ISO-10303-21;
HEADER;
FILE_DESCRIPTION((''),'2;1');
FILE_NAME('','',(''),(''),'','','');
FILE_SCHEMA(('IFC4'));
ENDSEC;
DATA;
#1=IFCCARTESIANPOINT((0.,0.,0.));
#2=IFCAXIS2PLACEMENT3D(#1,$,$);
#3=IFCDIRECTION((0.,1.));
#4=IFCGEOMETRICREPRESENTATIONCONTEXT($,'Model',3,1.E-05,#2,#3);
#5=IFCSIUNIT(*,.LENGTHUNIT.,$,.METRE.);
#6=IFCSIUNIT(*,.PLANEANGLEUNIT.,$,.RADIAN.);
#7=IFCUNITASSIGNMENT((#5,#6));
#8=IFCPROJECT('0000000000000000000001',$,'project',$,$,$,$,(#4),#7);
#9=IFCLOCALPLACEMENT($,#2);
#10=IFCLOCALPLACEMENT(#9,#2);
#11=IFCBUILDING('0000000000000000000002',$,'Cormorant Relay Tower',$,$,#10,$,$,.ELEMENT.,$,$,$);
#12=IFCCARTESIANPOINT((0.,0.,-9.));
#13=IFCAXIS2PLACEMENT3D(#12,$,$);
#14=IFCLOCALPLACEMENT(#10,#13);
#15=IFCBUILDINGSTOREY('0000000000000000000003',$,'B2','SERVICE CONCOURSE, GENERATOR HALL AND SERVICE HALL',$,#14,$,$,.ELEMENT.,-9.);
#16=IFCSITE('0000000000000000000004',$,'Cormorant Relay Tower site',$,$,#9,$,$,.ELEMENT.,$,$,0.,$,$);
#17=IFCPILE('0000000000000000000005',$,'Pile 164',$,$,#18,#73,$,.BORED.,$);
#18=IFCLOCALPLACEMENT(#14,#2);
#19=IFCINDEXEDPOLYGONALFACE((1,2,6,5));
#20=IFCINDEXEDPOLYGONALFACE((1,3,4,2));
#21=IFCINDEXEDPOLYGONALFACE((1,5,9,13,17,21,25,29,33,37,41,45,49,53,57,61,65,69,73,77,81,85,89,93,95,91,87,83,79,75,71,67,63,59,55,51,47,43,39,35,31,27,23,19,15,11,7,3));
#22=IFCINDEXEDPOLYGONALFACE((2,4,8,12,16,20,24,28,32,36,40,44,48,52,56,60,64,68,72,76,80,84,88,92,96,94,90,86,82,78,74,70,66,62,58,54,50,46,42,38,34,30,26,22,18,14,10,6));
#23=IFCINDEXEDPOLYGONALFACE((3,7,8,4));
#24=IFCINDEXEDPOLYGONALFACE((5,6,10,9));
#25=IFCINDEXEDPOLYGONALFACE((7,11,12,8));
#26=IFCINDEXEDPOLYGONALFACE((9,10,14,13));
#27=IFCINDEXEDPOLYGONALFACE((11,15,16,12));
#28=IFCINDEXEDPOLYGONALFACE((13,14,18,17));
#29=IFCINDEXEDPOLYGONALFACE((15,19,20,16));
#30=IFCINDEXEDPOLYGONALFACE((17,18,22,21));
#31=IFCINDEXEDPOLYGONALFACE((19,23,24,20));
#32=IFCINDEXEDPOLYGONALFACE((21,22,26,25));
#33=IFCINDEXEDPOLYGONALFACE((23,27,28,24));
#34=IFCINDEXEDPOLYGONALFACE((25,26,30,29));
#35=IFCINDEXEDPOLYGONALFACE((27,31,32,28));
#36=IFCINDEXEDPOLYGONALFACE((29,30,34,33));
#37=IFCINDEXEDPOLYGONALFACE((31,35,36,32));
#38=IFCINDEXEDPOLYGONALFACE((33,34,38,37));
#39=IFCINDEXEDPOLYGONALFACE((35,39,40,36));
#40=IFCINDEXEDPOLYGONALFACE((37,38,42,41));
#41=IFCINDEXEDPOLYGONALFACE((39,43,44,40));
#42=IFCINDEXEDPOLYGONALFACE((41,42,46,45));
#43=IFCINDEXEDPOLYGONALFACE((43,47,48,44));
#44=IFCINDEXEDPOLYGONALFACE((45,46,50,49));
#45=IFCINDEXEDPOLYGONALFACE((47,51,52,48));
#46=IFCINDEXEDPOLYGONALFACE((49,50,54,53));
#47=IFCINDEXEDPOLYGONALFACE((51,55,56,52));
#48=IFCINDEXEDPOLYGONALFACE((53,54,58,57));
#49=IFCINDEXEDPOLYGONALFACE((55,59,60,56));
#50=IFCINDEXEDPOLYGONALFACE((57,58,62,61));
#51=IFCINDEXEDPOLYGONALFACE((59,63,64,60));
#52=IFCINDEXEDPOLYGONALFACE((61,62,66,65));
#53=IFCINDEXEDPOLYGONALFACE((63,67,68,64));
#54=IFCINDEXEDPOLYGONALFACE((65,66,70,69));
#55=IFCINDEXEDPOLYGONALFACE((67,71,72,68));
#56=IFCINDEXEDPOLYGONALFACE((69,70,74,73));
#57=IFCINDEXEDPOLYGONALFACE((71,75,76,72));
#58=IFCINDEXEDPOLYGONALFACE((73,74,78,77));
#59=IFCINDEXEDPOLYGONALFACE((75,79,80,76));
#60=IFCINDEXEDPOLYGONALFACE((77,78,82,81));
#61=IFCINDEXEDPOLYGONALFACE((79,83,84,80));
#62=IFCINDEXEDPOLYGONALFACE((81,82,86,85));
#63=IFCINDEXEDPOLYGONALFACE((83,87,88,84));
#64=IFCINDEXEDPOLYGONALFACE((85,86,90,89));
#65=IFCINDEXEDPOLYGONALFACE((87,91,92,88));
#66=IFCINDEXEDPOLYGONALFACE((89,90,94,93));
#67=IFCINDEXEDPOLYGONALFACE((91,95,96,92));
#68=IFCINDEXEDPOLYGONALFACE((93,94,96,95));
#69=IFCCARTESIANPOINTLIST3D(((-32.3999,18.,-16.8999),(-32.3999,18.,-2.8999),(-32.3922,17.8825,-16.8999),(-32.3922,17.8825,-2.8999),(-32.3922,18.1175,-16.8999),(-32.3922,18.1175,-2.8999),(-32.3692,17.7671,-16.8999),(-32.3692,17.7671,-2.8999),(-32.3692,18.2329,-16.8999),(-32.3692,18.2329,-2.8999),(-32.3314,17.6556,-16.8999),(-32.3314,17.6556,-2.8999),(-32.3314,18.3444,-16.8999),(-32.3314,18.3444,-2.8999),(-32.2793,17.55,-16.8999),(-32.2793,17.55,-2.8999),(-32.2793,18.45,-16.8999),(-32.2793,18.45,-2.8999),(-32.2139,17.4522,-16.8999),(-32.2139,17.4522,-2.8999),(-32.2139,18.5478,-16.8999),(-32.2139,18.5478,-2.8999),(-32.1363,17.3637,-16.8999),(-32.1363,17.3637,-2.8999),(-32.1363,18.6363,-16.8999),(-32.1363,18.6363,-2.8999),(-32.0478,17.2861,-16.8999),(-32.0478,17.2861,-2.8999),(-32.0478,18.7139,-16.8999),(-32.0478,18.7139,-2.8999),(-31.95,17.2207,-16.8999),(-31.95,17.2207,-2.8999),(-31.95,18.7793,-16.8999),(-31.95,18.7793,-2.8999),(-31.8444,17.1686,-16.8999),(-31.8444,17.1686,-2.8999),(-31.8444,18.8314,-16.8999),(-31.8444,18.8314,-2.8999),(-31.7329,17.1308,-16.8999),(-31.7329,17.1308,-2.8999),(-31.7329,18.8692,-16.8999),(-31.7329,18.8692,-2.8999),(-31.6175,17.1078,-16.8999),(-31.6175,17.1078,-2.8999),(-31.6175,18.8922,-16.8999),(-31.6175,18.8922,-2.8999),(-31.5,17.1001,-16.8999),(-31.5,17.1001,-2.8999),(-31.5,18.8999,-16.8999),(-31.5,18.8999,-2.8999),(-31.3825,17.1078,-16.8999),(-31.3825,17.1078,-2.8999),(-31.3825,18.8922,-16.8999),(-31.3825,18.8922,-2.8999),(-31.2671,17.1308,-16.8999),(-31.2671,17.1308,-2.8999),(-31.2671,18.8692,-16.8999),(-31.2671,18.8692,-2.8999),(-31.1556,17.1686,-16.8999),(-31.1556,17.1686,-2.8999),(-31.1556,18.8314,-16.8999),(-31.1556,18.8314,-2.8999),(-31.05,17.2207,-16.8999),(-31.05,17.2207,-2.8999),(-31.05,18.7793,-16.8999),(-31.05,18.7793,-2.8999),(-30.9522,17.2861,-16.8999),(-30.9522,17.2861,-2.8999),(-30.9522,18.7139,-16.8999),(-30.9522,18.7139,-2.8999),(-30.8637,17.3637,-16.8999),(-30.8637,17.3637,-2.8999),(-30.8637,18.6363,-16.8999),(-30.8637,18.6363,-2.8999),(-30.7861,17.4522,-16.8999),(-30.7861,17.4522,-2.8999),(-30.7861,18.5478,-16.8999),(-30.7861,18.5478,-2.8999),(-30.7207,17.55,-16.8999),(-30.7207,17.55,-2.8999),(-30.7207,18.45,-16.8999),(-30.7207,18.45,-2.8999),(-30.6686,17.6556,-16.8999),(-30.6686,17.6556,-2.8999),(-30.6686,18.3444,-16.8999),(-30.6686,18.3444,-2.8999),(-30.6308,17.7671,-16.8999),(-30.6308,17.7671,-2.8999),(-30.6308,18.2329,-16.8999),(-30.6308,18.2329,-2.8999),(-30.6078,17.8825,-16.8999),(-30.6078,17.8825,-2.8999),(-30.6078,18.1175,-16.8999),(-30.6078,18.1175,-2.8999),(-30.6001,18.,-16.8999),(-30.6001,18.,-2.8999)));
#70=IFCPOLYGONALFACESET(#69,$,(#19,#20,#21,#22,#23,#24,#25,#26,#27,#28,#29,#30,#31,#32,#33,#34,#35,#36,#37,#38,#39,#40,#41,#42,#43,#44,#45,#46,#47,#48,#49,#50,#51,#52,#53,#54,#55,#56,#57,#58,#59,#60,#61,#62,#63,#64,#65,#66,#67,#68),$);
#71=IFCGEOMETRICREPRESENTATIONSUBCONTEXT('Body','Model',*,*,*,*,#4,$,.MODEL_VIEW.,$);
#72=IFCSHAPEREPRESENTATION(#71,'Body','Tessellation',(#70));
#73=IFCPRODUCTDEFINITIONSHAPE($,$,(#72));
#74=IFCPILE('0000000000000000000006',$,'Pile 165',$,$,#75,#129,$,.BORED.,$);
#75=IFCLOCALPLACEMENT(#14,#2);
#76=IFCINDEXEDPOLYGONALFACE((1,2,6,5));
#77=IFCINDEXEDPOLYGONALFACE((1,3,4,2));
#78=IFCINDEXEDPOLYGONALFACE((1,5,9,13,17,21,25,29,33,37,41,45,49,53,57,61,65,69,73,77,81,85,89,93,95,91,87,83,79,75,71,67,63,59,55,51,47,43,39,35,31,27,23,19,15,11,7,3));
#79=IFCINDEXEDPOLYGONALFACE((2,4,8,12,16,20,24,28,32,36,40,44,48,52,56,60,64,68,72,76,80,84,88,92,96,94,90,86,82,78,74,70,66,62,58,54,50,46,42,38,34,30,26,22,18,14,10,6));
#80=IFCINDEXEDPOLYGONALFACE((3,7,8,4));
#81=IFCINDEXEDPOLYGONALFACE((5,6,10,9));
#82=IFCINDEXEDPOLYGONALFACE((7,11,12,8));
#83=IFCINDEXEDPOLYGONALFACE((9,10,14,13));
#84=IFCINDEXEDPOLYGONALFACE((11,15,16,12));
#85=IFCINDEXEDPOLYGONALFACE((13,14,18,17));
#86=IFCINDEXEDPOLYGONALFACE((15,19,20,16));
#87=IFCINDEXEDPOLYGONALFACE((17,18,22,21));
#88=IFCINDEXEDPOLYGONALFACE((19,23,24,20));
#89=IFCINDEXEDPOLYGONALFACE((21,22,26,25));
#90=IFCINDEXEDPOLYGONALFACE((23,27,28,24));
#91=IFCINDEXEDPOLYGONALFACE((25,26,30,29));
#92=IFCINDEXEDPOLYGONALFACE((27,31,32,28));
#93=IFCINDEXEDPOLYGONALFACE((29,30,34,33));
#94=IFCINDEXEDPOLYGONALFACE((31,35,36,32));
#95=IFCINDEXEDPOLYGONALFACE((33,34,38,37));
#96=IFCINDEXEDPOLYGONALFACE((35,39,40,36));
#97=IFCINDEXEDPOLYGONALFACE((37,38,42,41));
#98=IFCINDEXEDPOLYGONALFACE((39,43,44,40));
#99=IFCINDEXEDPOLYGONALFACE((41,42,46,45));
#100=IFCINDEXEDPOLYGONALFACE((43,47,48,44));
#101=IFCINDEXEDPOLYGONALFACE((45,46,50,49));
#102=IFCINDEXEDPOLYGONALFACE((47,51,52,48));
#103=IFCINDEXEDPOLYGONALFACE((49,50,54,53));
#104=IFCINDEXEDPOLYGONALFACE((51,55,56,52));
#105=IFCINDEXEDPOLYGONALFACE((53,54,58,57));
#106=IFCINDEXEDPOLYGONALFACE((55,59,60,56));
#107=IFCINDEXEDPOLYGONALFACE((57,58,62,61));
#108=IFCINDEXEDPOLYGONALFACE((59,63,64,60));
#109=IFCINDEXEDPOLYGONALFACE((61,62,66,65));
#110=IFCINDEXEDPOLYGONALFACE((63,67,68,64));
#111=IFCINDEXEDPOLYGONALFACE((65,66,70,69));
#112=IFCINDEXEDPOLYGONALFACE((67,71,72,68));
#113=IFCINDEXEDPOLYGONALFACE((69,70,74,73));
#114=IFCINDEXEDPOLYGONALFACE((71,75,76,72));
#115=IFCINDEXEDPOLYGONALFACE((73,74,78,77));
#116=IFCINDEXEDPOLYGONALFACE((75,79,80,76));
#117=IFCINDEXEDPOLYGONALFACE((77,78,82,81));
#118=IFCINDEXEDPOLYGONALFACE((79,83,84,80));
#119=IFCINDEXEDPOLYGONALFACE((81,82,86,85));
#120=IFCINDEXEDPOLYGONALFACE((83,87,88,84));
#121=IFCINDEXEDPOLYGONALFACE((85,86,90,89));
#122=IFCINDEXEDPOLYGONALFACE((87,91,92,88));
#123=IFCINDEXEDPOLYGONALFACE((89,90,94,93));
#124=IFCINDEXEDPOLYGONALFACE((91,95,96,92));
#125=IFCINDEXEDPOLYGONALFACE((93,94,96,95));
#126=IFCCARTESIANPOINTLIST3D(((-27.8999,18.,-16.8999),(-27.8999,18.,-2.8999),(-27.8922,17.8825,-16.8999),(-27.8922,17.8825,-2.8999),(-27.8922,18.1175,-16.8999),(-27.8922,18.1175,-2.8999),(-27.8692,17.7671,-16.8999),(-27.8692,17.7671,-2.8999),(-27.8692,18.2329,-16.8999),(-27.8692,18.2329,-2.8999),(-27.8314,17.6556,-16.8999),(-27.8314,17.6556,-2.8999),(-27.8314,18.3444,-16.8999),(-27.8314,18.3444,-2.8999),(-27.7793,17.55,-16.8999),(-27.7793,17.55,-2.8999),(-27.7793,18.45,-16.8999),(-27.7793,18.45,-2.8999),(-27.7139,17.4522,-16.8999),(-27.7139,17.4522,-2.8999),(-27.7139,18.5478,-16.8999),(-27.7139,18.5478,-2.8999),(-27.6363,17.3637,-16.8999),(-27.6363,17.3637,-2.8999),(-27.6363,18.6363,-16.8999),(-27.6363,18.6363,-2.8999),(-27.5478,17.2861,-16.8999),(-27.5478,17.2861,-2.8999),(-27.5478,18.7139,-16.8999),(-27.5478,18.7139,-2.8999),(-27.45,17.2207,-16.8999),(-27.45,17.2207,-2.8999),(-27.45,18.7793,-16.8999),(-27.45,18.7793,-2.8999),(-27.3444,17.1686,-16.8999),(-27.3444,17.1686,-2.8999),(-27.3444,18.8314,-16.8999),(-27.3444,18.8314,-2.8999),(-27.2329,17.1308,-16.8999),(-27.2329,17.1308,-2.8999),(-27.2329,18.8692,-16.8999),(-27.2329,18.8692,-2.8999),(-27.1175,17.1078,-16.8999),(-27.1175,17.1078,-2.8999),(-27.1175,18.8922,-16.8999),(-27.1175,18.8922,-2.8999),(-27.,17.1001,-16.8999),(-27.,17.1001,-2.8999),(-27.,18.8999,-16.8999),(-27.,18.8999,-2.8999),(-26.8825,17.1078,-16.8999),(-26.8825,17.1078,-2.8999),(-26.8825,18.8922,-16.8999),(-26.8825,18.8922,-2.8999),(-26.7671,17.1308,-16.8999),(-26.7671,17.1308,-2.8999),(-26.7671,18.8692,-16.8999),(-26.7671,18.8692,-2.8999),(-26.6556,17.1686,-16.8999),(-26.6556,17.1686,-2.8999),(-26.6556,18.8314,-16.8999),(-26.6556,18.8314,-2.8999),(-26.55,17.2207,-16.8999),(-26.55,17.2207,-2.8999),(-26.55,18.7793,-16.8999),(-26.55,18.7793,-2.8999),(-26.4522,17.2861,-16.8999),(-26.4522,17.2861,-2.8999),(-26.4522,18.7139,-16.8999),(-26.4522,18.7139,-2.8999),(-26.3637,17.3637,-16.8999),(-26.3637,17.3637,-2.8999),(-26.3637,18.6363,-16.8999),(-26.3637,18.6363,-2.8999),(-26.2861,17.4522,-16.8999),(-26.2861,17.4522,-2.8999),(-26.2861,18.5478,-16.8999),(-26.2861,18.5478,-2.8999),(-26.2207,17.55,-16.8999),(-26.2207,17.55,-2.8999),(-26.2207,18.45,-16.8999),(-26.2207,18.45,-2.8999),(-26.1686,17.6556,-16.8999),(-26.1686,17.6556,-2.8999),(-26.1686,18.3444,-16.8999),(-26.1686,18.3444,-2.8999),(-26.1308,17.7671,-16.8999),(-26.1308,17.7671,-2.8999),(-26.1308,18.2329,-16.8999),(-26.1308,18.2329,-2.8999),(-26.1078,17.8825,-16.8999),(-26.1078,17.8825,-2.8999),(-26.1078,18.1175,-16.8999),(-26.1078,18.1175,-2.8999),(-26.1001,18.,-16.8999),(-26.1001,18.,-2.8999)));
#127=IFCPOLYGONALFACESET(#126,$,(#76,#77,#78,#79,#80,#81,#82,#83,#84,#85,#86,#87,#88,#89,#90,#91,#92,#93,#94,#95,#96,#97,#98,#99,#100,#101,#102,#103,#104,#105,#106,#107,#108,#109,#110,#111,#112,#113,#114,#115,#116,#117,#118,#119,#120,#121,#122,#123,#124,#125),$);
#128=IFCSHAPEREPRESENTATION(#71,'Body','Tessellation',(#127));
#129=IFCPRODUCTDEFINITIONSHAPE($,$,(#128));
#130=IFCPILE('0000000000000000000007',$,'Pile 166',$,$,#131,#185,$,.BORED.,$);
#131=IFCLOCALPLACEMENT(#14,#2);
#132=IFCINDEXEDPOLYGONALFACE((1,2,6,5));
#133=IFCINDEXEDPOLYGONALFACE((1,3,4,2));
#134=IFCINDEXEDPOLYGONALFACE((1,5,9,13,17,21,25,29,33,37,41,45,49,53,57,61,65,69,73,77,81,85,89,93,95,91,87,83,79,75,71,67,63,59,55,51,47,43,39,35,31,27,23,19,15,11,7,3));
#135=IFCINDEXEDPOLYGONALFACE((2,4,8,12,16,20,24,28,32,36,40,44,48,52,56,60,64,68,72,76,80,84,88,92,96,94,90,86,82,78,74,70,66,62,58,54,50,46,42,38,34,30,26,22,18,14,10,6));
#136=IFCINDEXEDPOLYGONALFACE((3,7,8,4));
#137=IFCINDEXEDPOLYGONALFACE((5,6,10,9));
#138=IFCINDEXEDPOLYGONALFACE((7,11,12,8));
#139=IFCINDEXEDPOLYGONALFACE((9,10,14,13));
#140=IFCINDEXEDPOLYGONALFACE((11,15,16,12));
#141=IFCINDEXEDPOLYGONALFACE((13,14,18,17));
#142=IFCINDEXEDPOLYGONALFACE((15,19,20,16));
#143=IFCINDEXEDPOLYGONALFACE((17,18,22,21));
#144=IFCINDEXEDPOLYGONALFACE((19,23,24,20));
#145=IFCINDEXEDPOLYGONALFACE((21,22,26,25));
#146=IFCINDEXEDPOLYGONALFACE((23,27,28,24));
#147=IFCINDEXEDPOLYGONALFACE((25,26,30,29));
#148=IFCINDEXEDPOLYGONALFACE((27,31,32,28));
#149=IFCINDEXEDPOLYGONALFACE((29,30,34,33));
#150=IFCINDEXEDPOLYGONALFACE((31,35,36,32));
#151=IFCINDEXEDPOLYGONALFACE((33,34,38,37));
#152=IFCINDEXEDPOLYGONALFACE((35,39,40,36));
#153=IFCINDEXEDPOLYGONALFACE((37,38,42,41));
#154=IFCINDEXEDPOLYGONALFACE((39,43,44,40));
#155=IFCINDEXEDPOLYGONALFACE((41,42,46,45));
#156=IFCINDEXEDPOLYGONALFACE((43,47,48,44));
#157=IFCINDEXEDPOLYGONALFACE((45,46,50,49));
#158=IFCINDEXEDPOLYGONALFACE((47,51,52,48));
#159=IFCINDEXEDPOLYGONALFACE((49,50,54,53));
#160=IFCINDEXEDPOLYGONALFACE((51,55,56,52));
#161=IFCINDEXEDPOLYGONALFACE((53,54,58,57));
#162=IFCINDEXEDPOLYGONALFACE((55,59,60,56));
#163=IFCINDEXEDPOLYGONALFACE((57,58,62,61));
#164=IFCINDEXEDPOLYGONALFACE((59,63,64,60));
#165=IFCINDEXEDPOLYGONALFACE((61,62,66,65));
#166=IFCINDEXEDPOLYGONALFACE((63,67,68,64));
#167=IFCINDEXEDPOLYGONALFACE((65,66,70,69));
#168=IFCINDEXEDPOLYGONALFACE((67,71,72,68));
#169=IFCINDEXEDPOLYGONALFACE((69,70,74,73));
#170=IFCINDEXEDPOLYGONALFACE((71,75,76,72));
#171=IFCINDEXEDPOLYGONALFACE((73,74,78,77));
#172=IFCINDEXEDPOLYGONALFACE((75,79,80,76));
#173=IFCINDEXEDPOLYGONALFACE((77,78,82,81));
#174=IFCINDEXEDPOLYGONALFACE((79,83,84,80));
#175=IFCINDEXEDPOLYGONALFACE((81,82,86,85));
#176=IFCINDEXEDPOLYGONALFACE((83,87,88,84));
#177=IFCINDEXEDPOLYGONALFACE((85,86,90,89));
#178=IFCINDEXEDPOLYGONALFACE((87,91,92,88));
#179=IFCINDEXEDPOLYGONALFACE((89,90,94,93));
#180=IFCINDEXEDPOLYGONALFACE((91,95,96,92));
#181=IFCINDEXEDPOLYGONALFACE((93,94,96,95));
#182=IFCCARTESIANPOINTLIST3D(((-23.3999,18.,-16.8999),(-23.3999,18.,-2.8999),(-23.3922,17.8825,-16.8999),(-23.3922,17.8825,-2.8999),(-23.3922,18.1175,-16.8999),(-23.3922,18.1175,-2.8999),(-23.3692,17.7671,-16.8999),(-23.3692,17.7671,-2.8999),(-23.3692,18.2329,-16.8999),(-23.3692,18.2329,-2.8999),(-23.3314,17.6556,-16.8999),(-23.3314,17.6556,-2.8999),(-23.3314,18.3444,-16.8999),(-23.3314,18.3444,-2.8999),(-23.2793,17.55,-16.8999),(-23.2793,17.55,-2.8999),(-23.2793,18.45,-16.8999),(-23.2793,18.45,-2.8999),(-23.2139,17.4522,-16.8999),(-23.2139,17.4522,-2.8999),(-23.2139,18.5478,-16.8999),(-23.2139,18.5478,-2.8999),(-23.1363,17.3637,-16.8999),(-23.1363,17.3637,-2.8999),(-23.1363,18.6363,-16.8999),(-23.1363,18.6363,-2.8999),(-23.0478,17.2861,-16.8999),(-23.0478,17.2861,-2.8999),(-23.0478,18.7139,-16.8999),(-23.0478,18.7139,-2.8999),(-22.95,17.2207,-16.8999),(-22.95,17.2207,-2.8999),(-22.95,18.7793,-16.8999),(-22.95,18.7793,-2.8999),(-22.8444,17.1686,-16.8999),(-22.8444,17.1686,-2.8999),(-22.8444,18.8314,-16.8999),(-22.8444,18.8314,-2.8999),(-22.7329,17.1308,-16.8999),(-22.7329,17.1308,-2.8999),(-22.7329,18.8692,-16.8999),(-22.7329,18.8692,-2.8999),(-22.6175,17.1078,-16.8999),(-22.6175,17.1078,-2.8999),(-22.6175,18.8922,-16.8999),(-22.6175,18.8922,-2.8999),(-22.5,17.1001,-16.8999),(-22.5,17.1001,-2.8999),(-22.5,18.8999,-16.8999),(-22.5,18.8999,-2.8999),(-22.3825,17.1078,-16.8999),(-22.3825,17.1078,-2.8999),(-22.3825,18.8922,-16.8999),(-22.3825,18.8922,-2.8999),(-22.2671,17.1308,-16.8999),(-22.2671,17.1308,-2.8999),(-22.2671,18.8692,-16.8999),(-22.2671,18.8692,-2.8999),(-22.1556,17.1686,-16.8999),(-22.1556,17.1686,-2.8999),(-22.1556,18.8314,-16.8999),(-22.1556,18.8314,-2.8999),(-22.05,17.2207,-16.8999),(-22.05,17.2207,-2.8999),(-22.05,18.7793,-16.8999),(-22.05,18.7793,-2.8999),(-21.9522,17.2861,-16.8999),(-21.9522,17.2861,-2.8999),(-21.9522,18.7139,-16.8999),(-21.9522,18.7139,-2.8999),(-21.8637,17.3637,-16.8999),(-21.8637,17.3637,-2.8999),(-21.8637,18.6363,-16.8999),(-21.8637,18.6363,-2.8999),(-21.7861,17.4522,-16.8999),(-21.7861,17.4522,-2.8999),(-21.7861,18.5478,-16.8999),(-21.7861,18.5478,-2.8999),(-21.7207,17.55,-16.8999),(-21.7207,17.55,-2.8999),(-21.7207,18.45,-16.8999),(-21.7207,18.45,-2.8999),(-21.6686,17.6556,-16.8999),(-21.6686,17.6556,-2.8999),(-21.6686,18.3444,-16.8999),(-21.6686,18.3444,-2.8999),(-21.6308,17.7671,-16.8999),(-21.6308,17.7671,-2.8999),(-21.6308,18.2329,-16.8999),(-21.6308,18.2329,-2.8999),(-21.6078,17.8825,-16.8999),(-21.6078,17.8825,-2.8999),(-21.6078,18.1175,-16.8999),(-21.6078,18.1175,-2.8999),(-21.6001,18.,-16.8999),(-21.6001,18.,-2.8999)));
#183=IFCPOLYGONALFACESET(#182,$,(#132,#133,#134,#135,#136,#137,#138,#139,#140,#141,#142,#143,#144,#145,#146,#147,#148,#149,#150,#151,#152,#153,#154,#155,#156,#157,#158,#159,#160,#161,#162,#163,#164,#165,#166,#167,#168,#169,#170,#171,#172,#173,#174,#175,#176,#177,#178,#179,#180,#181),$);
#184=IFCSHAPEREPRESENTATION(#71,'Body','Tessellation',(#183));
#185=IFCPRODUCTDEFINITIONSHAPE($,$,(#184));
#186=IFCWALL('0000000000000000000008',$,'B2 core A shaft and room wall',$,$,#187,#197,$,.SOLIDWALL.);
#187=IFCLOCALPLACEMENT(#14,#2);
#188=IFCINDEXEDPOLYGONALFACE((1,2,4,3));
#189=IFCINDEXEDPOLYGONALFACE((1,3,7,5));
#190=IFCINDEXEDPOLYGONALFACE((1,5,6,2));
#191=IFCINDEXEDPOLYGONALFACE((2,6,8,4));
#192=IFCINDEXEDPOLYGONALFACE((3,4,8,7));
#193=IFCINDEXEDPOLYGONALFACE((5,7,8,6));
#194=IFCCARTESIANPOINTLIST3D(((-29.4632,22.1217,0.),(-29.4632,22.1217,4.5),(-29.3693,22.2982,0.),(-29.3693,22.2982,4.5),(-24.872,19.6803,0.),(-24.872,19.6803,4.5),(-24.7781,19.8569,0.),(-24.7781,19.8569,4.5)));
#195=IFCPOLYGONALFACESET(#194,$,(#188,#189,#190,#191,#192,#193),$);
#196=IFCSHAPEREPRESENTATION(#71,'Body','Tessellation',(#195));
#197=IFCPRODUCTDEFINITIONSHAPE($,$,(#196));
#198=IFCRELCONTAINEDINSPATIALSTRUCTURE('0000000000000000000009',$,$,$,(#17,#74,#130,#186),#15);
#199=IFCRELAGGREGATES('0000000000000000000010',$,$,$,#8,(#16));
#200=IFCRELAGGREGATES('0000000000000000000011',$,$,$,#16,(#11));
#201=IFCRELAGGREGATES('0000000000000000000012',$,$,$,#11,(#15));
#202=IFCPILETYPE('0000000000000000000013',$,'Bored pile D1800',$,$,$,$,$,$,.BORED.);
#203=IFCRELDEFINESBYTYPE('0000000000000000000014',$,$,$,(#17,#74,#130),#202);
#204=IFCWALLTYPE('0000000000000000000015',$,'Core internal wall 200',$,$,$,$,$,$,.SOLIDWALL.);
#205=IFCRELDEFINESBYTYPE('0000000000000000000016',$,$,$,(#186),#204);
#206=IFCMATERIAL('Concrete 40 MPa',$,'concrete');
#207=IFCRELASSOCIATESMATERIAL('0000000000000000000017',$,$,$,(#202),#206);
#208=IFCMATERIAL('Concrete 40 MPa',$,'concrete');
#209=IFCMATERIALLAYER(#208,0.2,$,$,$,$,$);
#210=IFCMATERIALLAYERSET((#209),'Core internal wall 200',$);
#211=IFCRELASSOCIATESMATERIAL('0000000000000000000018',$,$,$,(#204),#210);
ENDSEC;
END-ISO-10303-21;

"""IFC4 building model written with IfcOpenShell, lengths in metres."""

from ifc_helpers import new_model, si_unit, direction, frame, frame_2d, origin, origin_2d, place, context, subcontext, project, spatial, rectangle, circle, extrude, material, layer, layer_set, material_profile, profile_set, type_object, element, save


model = new_model("IFC4")

# Units and contexts
model_context = context("Model", 3, precision=1e-05, world=origin(), true_north=direction((0.0, 1.0)))
body_context = subcontext(model_context, "Body", "Model", "MODEL_VIEW")
ifc_project = project(units=[si_unit("LENGTHUNIT", "METRE"), si_unit("PLANEANGLEUNIT", "RADIAN")], contexts=[model_context])

# Site, building, storey
site_placement = place(None, origin())
site = spatial("IfcSite", under=ifc_project, at=site_placement, Name="Cormorant Relay Tower site", CompositionType="ELEMENT", RefElevation=0.0)
building_placement = place(site_placement, origin())
building = spatial("IfcBuilding", under=site, at=building_placement, Name="Cormorant Relay Tower", CompositionType="ELEMENT")
storey_placement = place(building_placement, frame((0.0, 0.0, -9.0)))
storey = spatial("IfcBuildingStorey", under=building, at=storey_placement, Name="B2", Description="SERVICE CONCOURSE, GENERATOR HALL AND SERVICE HALL", CompositionType="ELEMENT", Elevation=-9.0)

# Piles
ifc_material_1 = material(Name="Concrete 40 MPa", Category="concrete")
ifc_material_profile = material_profile(ifc_material_1, circle(Radius=0.8999, at=origin_2d()), Name="BP1800")
ifc_profile_set = profile_set([ifc_material_profile], Name="Concrete 40 MPa")
pile_type = type_object("IfcPileType", Name="Bored pile D1800", PredefinedType="BORED", material=ifc_profile_set)
for number, where, z_axis, x_axis, name in (
    (1, (-31.5, 18.0, -2.8999), (0.0, 0.0, -1.0), (1.0, 0.0, 0.0), "Pile 164"),
    (2, (-27.0, 18.0, -2.8999), (0.0, 0.0, -1.0), (1.0, 0.0, 0.0), "Pile 165"),
    (3, (-22.5, 18.0, -2.8999), (0.0, 0.0, -1.0), (1.0, 0.0, 0.0), "Pile 166"),
):
    element("IfcPile", number, at=place(storey_placement, frame(where, z_axis=z_axis, x_axis=x_axis)), inside=storey, type_object=pile_type, Name=name, PredefinedType="BORED", context=body_context, shape_type="SweptSolid", body=[
        extrude(circle(Radius=0.8999, at=origin_2d()), origin(), (0.0, 0.0, 1.0), 14.0),
    ])

# Wall
ifc_material_2 = material(Name="Concrete 40 MPa", Category="concrete")
ifc_layer_1 = layer(ifc_material_2, 0.2)
ifc_layer_set_1 = layer_set([ifc_layer_1], Name="Core internal wall 200")
wall_type_1 = type_object("IfcWallType", Name="Core internal wall 200", PredefinedType="SOLIDWALL", material=ifc_layer_set_1)
wall_1_placement = place(storey_placement, frame((-24.825, 19.7686, 0.0), z_axis=(0.0, 0.0, 1.0), x_axis=(-0.882935, 0.469496, 0.0)))
element("IfcWall", 4, at=wall_1_placement, inside=storey, type_object=wall_type_1, Name="B2 core A shaft and room wall", PredefinedType="SOLIDWALL", context=body_context, shape_type="SweptSolid", body=[
    extrude(rectangle(XDim=5.2, YDim=0.2, at=frame_2d((2.6001, 0.0))), origin(), (0.0, 0.0, 1.0), 4.5),
])

save(model, "model.ifc")
